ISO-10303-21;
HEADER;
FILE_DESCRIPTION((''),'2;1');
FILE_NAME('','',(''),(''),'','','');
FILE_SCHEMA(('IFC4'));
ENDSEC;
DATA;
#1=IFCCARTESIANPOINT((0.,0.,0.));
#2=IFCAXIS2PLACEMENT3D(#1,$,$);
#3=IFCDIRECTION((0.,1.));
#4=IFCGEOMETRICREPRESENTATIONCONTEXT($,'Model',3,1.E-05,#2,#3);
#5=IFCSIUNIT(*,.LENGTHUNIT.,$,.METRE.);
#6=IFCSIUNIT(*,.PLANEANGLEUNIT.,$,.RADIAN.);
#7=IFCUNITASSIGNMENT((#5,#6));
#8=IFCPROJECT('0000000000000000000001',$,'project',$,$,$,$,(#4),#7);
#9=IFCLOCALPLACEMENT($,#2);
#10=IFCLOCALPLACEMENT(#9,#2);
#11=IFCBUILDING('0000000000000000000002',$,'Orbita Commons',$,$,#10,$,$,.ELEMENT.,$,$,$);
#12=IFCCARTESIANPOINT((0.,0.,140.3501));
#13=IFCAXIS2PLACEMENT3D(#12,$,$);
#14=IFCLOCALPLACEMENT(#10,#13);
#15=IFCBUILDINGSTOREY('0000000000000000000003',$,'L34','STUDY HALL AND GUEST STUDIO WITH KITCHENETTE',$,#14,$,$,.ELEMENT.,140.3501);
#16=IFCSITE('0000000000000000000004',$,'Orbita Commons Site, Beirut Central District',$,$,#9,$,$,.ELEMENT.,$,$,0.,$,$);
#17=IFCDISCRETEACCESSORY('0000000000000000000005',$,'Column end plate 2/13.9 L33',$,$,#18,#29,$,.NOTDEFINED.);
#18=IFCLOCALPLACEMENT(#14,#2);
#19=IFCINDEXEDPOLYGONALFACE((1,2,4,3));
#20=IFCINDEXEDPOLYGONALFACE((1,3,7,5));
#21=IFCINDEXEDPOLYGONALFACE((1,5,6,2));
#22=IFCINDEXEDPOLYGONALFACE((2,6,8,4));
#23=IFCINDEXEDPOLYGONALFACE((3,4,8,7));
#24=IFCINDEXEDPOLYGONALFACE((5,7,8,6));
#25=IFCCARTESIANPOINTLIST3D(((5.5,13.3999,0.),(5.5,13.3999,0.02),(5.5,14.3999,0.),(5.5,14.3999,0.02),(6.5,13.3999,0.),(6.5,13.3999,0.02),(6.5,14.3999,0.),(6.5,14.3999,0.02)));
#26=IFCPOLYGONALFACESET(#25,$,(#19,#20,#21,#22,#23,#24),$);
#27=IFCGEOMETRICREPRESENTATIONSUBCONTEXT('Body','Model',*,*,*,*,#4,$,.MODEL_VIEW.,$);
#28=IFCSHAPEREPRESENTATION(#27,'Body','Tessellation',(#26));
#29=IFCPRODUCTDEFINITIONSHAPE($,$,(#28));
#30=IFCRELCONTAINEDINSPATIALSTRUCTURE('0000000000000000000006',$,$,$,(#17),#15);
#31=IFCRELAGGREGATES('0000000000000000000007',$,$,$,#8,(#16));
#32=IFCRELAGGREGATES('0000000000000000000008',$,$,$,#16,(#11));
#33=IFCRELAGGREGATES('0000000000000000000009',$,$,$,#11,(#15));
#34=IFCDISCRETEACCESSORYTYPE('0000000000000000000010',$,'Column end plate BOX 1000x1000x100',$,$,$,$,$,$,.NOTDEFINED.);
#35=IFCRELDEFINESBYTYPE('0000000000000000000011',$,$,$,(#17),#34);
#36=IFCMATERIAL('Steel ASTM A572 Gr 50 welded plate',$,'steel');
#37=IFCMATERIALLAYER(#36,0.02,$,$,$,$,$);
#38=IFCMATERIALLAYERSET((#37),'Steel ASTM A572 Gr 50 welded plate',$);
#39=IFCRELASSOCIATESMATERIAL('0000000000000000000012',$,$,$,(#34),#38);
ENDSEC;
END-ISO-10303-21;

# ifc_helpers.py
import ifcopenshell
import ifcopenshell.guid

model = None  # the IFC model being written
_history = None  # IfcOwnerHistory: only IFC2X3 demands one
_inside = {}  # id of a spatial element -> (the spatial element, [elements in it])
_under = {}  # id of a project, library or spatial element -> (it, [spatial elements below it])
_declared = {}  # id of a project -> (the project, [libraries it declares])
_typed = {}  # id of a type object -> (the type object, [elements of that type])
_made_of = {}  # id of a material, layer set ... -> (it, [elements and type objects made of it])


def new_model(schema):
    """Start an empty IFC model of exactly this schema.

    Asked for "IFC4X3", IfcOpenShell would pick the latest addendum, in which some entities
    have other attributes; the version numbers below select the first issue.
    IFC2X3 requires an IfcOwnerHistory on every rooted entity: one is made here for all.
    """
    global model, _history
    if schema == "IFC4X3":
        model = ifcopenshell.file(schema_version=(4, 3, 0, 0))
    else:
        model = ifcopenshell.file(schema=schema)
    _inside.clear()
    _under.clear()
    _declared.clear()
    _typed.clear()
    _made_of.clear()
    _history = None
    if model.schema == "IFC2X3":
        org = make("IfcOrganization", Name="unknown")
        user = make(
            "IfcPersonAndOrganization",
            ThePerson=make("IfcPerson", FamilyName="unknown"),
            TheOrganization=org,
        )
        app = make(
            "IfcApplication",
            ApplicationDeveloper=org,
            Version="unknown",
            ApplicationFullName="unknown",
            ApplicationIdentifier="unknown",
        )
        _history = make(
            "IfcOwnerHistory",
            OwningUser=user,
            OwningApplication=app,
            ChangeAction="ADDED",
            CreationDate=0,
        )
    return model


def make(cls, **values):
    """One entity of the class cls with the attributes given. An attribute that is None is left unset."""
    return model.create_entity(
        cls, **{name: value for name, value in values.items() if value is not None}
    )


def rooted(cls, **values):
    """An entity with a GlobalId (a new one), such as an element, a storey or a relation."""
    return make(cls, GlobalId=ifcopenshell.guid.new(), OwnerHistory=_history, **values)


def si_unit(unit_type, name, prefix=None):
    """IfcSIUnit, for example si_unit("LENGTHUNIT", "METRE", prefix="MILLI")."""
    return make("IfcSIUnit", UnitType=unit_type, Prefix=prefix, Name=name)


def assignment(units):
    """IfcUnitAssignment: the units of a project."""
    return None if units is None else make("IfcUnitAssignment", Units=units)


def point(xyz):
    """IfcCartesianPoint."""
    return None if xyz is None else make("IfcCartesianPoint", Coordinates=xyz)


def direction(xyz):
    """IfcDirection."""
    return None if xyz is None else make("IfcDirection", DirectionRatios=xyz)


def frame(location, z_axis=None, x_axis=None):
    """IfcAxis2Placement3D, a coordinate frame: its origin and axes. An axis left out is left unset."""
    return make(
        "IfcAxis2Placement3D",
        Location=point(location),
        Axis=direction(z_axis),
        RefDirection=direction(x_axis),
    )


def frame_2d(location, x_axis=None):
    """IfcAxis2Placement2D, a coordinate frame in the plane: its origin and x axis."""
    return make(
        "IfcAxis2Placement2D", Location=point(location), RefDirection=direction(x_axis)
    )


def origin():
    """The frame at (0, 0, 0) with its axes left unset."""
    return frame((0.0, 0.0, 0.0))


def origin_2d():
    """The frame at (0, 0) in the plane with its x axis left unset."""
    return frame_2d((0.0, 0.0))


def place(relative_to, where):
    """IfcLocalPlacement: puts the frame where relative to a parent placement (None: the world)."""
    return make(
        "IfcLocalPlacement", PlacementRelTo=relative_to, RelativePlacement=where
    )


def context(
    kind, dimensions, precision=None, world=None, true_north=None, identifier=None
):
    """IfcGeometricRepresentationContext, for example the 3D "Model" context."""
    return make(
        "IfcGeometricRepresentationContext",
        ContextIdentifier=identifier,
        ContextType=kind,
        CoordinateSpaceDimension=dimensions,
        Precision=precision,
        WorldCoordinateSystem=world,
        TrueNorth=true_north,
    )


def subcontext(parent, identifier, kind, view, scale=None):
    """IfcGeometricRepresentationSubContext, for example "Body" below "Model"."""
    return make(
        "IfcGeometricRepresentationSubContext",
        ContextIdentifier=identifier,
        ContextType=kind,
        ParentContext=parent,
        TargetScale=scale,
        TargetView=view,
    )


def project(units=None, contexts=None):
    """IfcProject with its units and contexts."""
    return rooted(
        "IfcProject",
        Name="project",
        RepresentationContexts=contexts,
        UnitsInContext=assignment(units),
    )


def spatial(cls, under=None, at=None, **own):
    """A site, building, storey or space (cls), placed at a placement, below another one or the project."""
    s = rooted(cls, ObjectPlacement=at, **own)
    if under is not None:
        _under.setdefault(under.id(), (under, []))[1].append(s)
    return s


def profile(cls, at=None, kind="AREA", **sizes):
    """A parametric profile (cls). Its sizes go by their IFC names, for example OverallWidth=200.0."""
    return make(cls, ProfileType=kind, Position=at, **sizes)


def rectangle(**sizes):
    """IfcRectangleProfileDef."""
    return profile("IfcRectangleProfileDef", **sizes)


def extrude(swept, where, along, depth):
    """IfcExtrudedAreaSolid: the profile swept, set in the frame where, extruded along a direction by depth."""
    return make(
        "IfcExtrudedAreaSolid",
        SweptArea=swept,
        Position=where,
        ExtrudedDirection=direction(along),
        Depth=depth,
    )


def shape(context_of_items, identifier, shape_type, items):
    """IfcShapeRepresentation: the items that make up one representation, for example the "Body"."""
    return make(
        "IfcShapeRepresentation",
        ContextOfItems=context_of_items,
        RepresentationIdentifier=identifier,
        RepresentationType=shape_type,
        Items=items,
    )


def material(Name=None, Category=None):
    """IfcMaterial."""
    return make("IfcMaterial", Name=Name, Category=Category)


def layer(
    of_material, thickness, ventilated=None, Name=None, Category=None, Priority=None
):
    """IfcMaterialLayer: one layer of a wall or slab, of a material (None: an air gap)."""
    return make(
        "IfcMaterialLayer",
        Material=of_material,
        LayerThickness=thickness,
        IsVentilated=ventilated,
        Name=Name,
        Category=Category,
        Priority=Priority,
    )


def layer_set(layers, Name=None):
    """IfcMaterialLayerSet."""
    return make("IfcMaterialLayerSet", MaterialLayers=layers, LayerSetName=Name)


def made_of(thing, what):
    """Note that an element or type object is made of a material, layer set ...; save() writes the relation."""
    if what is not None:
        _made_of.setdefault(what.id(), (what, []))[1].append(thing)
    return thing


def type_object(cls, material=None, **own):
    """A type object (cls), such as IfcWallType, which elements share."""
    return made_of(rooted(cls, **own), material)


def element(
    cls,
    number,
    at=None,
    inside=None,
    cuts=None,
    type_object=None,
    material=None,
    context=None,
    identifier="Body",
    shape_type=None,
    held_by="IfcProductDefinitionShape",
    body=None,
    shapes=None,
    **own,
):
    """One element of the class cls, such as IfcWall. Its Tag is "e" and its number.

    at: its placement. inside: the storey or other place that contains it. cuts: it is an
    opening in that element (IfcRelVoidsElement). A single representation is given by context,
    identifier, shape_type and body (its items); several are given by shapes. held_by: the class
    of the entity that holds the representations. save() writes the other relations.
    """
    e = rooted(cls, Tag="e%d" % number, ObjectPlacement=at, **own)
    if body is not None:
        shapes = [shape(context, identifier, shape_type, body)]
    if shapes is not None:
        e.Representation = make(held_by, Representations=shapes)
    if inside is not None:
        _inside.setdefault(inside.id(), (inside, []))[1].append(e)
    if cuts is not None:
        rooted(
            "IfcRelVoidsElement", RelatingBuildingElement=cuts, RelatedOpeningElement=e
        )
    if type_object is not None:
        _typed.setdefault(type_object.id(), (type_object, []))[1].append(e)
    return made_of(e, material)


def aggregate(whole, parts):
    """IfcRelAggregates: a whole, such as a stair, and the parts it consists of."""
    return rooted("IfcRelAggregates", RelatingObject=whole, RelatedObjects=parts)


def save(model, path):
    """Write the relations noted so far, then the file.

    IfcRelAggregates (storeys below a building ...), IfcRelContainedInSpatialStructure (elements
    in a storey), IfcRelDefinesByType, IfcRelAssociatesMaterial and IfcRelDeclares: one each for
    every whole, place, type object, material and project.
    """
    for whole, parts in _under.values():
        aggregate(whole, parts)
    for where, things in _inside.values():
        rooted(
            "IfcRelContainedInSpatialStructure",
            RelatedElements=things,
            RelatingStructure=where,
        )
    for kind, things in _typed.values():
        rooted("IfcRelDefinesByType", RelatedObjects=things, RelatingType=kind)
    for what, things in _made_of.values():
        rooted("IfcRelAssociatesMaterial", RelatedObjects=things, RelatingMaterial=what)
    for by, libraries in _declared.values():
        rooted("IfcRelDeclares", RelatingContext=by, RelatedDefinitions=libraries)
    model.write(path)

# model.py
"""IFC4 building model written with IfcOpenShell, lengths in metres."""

from ifc_helpers import new_model, si_unit, direction, frame, origin, origin_2d, place, context, subcontext, project, spatial, rectangle, extrude, material, layer, layer_set, type_object, element, save


model = new_model("IFC4")

# Units and contexts
model_context = context("Model", 3, precision=1e-05, world=origin(), true_north=direction((0.0, 1.0)))
body_context = subcontext(model_context, "Body", "Model", "MODEL_VIEW")
ifc_project = project(units=[si_unit("LENGTHUNIT", "METRE"), si_unit("PLANEANGLEUNIT", "RADIAN")], contexts=[model_context])

# Site, building, storey
site_placement = place(None, origin())
site = spatial("IfcSite", under=ifc_project, at=site_placement, Name="Orbita Commons Site, Beirut Central District", CompositionType="ELEMENT", RefElevation=0.0)
building_placement = place(site_placement, origin())
building = spatial("IfcBuilding", under=site, at=building_placement, Name="Orbita Commons", CompositionType="ELEMENT")
storey_placement = place(building_placement, frame((0.0, 0.0, 140.3501)))
storey = spatial("IfcBuildingStorey", under=building, at=storey_placement, Name="L34", Description="STUDY HALL AND GUEST STUDIO WITH KITCHENETTE", CompositionType="ELEMENT", Elevation=140.3501)

# Discrete accessory
ifc_material_1 = material(Name="Steel ASTM A572 Gr 50 welded plate", Category="steel")
ifc_layer_1 = layer(ifc_material_1, 0.02)
ifc_layer_set_1 = layer_set([ifc_layer_1], Name="Steel ASTM A572 Gr 50 welded plate")
discrete_accessory_type = type_object("IfcDiscreteAccessoryType", Name="Column end plate BOX 1000x1000x100", PredefinedType="NOTDEFINED", material=ifc_layer_set_1)
discrete_accessory_placement = place(storey_placement, frame((6.0, 13.8999, 0.0), z_axis=(0.0, 0.0, 1.0), x_axis=(1.0, 0.0, 0.0)))
element("IfcDiscreteAccessory", 1, at=discrete_accessory_placement, inside=storey, type_object=discrete_accessory_type, Name="Column end plate 2/13.9 L33", PredefinedType="NOTDEFINED", context=body_context, shape_type="SweptSolid", body=[
    extrude(rectangle(XDim=1.0, YDim=1.0, at=origin_2d()), origin(), (0.0, 0.0, 1.0), 0.02),
])

save(model, "model.ifc")
